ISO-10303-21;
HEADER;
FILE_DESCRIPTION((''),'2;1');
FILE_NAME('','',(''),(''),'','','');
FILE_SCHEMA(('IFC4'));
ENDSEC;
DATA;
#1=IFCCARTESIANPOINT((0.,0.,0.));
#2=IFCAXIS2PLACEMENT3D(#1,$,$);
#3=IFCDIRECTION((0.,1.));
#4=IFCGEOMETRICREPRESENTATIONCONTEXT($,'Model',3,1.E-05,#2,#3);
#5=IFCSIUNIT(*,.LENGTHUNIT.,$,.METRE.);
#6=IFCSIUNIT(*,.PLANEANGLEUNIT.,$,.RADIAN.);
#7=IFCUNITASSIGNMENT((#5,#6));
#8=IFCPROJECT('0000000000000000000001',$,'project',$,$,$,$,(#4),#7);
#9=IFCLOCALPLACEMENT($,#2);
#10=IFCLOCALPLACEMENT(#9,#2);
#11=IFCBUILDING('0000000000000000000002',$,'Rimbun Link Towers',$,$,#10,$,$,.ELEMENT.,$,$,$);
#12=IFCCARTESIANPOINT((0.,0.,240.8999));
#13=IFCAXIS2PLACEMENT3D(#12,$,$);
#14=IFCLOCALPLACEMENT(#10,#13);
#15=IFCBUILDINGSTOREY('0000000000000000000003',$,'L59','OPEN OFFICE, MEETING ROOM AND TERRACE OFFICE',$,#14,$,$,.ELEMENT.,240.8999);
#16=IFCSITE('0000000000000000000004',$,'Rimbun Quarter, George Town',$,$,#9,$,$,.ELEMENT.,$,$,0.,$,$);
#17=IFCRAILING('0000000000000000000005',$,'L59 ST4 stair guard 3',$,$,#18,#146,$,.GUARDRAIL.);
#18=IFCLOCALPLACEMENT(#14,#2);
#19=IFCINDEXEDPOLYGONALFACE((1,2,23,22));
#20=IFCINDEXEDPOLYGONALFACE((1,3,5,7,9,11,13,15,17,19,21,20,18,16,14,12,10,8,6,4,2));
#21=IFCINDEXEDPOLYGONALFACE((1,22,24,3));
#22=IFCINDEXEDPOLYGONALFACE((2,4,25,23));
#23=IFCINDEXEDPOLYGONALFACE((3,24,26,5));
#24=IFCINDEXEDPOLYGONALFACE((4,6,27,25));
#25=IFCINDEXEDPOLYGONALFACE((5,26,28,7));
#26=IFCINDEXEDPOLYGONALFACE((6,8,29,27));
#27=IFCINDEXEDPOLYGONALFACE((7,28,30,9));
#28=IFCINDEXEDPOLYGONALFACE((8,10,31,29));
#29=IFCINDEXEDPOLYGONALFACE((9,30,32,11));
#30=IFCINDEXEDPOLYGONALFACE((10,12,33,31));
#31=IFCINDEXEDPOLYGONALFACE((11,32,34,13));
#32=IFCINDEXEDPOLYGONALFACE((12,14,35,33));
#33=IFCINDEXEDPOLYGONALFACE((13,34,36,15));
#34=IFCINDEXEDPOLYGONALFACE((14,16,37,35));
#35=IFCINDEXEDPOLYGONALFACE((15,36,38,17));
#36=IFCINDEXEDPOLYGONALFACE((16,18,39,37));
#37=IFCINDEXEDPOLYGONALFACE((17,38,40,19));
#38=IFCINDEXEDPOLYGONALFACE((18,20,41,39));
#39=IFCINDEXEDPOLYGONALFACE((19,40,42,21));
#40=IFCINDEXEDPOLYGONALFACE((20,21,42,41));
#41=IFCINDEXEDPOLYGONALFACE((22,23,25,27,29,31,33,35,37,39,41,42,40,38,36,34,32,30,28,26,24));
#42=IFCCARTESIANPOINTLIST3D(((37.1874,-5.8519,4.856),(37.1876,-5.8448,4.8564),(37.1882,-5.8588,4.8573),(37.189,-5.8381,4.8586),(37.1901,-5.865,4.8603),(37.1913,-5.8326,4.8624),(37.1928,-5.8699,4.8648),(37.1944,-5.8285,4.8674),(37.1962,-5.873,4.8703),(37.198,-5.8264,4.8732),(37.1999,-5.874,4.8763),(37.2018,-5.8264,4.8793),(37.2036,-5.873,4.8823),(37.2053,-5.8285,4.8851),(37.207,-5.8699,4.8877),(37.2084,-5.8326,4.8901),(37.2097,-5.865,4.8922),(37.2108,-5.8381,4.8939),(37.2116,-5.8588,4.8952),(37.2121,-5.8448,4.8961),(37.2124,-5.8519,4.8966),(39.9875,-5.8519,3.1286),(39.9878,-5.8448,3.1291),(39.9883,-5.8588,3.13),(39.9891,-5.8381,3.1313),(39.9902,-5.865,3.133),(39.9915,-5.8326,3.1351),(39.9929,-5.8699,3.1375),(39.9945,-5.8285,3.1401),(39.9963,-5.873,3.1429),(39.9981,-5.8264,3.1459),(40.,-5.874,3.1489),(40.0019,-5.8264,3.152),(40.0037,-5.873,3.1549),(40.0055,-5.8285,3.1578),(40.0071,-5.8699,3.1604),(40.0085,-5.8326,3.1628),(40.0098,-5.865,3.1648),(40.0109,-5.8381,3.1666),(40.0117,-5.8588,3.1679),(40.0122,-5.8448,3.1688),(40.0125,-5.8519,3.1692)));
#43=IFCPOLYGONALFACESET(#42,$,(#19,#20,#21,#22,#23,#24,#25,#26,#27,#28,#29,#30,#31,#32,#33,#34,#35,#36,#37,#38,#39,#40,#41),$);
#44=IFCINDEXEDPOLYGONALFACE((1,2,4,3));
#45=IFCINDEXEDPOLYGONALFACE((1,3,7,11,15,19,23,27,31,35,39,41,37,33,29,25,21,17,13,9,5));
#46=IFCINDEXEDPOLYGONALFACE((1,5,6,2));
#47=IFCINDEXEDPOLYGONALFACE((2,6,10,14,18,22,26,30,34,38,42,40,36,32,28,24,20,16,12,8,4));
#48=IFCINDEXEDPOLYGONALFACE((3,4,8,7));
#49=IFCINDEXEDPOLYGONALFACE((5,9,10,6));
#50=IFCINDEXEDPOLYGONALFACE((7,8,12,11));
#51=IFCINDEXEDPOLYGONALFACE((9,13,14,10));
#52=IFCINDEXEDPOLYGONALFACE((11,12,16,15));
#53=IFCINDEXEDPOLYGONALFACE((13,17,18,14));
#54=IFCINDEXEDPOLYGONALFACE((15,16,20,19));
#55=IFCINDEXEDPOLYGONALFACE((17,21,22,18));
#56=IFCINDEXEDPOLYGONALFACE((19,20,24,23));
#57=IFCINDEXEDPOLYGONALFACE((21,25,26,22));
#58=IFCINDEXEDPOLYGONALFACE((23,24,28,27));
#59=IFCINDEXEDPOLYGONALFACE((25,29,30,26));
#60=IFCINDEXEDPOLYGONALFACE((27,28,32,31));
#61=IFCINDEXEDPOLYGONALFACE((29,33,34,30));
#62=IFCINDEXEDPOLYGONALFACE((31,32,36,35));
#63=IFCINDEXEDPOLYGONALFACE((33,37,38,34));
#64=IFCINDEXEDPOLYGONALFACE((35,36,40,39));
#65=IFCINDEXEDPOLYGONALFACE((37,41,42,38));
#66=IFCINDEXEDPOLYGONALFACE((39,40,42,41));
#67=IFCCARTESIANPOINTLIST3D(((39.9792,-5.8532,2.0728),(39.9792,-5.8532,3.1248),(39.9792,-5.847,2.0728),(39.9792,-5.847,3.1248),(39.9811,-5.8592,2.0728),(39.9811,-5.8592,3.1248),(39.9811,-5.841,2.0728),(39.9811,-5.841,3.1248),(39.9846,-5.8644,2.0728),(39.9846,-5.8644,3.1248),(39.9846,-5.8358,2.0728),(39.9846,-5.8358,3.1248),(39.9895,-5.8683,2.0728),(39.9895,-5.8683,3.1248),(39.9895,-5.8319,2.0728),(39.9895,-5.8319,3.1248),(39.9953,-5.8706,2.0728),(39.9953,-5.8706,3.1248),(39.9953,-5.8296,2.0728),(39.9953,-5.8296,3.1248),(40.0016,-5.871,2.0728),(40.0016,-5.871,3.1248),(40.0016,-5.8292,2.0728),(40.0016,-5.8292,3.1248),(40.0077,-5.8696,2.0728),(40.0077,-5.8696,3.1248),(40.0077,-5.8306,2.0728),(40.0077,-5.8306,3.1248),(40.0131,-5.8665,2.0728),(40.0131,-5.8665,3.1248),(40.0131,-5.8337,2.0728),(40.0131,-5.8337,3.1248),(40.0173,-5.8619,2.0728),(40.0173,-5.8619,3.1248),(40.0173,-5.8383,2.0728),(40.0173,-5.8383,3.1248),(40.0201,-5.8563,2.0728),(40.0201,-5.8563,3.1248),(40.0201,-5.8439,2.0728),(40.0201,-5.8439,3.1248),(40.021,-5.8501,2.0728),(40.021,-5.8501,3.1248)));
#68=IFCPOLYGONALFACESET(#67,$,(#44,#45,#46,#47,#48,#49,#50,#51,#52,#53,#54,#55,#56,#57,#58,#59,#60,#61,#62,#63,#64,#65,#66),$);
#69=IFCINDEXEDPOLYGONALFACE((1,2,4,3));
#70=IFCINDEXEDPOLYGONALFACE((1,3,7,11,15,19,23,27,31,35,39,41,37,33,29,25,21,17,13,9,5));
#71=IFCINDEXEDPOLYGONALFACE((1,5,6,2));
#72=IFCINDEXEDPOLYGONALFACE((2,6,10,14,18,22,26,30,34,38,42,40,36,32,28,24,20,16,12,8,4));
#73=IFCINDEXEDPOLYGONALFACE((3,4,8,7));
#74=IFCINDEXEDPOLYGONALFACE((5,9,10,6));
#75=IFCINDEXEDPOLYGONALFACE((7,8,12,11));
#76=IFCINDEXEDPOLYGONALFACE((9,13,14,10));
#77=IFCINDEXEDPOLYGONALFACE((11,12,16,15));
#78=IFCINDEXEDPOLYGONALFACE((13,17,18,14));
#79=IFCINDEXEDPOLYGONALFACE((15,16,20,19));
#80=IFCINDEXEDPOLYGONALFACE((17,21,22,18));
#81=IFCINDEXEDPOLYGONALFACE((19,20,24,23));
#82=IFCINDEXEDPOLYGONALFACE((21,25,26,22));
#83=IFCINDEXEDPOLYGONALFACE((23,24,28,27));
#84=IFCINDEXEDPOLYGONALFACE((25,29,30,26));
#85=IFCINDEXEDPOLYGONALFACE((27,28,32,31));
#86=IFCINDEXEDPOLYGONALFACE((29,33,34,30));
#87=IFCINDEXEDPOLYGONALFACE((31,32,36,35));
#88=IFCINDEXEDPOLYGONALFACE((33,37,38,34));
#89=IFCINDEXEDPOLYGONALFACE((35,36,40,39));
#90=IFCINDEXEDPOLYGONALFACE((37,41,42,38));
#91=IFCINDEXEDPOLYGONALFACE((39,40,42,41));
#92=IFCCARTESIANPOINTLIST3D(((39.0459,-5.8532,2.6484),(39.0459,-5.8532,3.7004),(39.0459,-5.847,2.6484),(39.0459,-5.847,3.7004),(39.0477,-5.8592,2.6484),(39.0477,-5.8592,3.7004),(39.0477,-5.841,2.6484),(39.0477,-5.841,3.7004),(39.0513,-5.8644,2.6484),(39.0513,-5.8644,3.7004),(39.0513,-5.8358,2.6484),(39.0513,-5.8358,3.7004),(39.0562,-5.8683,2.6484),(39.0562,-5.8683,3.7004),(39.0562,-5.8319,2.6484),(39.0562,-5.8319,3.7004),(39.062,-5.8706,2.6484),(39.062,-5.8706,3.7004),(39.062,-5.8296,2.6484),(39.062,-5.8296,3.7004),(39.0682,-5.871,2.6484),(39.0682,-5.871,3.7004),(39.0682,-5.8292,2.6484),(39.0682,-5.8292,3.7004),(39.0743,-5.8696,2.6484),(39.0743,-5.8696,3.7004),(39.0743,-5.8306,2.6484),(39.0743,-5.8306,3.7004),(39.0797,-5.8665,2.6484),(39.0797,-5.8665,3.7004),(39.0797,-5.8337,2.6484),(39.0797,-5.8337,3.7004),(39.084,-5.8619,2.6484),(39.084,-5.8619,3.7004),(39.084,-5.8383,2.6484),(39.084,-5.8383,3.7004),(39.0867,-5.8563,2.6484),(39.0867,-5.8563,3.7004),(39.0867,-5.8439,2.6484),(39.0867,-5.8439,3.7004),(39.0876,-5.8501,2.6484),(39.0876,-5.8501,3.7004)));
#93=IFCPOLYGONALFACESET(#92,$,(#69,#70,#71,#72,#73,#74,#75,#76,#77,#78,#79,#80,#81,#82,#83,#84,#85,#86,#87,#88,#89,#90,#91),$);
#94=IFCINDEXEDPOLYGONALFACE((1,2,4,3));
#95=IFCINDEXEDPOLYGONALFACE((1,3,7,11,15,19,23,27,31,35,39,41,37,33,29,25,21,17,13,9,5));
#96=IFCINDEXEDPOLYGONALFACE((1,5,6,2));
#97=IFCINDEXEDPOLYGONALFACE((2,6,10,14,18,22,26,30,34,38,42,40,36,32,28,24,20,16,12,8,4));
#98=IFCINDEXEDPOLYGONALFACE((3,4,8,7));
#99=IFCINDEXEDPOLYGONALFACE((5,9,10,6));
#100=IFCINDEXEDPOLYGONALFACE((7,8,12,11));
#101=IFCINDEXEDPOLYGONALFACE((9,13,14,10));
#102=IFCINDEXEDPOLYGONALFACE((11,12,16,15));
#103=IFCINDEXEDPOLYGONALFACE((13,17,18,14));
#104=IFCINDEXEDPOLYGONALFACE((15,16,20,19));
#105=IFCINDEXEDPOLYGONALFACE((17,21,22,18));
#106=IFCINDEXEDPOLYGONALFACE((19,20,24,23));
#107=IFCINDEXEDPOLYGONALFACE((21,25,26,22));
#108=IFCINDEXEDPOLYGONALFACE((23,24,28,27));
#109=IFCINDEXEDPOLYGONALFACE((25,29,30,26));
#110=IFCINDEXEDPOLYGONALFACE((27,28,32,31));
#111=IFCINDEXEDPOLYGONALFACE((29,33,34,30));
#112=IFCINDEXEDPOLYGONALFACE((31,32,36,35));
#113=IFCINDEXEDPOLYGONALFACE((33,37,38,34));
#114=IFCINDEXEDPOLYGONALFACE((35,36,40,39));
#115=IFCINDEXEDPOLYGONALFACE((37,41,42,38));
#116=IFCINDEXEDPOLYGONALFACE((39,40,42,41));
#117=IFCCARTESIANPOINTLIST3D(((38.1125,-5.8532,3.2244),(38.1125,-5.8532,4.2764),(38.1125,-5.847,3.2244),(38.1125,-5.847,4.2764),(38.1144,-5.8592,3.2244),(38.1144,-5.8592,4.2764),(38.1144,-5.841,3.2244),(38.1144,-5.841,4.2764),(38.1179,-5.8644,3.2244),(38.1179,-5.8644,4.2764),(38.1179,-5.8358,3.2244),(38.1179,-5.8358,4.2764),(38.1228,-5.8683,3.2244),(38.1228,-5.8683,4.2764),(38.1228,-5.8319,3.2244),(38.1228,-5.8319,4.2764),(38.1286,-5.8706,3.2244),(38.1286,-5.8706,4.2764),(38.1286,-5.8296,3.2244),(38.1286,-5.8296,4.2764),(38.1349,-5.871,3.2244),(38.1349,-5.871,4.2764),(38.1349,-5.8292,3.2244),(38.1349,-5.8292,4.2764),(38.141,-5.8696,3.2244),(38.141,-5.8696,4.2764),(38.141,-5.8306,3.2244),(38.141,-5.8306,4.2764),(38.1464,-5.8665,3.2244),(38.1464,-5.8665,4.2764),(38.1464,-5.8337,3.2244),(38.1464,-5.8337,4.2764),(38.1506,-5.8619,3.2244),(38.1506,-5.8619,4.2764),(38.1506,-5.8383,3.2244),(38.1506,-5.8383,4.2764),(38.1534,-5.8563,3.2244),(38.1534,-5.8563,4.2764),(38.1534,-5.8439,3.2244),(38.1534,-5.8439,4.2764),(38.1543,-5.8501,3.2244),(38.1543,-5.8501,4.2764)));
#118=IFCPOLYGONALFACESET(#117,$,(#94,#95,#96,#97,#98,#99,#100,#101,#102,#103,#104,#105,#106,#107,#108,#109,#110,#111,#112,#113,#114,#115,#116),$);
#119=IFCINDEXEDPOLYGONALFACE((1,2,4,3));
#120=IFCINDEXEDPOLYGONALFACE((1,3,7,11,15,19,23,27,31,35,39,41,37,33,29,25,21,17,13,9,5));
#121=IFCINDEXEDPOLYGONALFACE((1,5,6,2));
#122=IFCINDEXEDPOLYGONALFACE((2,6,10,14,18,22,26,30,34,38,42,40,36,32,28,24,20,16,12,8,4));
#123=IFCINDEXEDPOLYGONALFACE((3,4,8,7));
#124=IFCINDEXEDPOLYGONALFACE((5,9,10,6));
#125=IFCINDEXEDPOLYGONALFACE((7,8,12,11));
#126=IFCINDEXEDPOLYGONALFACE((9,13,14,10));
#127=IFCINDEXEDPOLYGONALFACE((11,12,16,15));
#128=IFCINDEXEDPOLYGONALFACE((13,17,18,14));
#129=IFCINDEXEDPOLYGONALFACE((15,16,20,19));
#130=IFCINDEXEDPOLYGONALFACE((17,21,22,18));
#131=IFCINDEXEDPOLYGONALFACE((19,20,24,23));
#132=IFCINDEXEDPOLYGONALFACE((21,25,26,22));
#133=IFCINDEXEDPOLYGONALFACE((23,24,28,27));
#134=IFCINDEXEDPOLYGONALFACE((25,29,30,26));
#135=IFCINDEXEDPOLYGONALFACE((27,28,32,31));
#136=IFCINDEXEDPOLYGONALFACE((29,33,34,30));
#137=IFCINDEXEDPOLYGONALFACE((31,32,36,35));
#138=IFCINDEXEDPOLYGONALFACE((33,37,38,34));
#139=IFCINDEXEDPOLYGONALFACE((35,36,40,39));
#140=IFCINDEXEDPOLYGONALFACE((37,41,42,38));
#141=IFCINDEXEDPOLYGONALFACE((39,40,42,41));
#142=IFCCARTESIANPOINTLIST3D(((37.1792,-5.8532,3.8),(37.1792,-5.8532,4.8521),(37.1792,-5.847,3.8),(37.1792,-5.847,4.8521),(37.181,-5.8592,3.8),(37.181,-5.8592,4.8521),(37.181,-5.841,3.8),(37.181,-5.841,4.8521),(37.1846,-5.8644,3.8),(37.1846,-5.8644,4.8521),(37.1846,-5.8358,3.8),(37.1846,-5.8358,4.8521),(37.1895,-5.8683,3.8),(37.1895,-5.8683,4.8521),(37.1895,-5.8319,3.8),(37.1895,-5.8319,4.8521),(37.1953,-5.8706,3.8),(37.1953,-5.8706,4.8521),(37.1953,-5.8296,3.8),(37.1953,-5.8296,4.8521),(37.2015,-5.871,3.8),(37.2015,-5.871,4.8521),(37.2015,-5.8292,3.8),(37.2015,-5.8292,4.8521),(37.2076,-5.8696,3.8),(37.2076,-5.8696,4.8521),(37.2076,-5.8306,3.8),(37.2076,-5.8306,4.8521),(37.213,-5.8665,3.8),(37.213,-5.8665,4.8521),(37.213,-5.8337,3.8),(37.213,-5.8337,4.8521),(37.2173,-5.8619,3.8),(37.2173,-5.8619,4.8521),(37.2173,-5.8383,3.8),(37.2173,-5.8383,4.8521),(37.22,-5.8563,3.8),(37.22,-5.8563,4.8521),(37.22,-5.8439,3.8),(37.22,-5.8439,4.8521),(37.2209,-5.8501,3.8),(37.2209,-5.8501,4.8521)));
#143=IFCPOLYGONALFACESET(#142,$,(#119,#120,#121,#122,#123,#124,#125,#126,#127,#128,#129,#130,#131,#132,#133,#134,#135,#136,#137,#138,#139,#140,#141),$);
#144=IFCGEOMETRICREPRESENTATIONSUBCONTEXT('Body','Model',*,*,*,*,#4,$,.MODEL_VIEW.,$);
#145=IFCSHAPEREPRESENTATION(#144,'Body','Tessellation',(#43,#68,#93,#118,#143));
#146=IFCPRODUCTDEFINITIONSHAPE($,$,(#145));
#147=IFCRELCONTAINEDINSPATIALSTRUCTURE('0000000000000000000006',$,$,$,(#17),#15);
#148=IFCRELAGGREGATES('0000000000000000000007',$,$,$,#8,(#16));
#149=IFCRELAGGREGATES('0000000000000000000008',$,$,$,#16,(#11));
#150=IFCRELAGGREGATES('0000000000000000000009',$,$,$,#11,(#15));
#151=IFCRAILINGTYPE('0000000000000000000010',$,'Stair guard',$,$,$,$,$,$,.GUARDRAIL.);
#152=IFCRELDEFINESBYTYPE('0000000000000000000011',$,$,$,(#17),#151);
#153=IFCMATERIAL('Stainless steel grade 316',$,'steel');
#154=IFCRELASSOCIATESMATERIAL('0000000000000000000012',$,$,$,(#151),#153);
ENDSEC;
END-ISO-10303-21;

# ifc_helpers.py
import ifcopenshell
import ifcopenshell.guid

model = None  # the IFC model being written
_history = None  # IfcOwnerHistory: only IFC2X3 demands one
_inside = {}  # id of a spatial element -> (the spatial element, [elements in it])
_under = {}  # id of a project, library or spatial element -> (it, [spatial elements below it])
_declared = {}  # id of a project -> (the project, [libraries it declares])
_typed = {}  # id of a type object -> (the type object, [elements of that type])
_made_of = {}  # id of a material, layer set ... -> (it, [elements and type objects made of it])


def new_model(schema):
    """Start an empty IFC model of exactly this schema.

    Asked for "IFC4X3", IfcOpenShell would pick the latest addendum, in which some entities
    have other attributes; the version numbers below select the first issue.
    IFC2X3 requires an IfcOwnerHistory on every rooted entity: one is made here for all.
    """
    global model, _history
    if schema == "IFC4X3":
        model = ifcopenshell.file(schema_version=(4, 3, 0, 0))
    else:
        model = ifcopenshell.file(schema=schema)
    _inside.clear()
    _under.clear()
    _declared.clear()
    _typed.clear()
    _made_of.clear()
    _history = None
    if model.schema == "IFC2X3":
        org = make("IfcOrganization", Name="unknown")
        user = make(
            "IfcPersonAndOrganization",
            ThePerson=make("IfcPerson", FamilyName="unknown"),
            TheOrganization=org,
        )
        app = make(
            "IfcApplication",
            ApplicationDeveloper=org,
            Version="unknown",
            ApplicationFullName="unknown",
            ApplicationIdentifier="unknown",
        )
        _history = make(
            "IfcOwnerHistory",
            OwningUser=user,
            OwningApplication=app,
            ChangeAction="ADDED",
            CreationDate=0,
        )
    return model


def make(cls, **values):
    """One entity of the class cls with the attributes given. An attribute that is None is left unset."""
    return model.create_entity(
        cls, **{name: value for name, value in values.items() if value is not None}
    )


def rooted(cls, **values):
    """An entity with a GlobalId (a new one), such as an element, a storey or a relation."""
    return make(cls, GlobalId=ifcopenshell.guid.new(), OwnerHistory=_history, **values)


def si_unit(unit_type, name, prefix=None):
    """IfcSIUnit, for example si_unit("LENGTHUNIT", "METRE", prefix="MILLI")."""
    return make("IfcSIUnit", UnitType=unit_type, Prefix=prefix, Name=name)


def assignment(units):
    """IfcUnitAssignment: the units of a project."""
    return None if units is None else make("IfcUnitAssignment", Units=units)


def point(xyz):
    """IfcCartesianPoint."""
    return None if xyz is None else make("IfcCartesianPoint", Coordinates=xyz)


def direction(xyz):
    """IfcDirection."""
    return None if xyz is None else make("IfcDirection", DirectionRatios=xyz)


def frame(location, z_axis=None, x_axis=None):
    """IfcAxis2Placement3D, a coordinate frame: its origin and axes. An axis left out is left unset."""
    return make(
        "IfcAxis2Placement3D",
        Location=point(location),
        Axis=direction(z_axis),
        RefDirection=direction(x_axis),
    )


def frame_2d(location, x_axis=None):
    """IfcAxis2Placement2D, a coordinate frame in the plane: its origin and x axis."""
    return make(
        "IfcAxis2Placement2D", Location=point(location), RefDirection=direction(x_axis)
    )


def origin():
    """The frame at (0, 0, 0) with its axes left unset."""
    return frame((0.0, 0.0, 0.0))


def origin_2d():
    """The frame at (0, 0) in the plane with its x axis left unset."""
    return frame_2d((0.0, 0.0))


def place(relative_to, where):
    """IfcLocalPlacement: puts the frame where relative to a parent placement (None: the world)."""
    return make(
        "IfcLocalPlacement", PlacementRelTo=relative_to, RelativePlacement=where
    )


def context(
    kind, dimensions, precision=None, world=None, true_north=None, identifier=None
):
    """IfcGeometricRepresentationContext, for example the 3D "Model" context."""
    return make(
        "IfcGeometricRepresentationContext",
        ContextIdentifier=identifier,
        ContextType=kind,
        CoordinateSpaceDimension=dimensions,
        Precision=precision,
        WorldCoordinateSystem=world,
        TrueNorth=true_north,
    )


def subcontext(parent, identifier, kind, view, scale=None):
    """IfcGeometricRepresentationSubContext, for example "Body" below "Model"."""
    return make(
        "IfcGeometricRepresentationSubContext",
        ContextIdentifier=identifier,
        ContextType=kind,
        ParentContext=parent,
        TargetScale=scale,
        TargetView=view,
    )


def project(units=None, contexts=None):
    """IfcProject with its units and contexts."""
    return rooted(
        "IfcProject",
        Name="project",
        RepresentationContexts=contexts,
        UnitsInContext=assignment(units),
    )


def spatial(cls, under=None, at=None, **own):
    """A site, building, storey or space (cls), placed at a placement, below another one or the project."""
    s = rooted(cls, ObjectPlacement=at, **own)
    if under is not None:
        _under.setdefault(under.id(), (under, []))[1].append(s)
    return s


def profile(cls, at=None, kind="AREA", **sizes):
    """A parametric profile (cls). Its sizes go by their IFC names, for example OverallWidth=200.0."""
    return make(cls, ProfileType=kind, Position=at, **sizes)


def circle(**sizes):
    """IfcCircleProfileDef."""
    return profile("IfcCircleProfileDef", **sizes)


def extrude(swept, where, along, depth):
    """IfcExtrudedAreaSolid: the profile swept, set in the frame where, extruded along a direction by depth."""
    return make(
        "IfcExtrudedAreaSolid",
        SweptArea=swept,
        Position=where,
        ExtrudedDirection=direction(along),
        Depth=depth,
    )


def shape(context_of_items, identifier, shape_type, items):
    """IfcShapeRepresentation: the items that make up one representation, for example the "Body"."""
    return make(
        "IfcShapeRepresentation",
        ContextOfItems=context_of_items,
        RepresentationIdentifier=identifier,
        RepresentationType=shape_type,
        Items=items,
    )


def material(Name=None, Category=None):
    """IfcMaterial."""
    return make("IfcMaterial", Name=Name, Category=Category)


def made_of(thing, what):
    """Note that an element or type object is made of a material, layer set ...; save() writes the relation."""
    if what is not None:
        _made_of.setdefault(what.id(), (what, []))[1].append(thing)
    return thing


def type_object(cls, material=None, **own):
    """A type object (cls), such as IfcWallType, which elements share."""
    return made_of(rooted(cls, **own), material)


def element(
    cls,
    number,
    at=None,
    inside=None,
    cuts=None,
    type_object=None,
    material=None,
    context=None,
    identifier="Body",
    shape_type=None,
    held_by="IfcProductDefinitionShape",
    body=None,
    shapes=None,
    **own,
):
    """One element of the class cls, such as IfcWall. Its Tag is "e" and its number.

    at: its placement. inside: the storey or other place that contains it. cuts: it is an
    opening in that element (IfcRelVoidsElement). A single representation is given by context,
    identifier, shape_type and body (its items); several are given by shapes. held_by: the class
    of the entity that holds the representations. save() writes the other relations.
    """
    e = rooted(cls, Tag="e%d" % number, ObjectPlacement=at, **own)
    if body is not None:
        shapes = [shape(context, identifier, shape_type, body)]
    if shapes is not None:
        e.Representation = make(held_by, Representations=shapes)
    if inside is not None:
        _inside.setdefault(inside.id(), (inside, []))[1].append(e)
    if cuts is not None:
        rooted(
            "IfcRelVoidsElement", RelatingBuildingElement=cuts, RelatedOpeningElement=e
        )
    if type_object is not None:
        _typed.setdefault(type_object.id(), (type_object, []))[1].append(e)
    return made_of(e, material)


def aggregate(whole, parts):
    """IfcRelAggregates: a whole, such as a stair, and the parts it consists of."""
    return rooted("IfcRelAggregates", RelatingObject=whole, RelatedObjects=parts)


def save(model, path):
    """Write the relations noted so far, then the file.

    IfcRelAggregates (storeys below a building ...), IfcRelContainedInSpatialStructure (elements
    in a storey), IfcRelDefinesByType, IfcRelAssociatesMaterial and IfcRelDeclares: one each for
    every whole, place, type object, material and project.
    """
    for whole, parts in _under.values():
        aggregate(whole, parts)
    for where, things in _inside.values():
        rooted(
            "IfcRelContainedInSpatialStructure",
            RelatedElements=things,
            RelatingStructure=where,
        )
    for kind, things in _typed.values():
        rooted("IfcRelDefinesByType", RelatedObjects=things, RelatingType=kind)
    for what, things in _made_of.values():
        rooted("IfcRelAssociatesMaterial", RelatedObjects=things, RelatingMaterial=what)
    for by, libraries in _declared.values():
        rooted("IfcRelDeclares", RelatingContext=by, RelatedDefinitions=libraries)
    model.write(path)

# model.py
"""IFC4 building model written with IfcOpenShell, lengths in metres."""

from ifc_helpers import new_model, si_unit, direction, frame, origin, origin_2d, place, context, subcontext, project, spatial, circle, extrude, material, type_object, element, save


model = new_model("IFC4")

# Units and contexts
model_context = context("Model", 3, precision=1e-05, world=origin(), true_north=direction((0.0, 1.0)))
body_context = subcontext(model_context, "Body", "Model", "MODEL_VIEW")
ifc_project = project(units=[si_unit("LENGTHUNIT", "METRE"), si_unit("PLANEANGLEUNIT", "RADIAN")], contexts=[model_context])

# Site, building, storey
site_placement = place(None, origin())
site = spatial("IfcSite", under=ifc_project, at=site_placement, Name="Rimbun Quarter, George Town", CompositionType="ELEMENT", RefElevation=0.0)
building_placement = place(site_placement, origin())
building = spatial("IfcBuilding", under=site, at=building_placement, Name="Rimbun Link Towers", CompositionType="ELEMENT")
storey_placement = place(building_placement, frame((0.0, 0.0, 240.8999)))
storey = spatial("IfcBuildingStorey", under=building, at=storey_placement, Name="L59", Description="OPEN OFFICE, MEETING ROOM AND TERRACE OFFICE", CompositionType="ELEMENT", Elevation=240.8999)

# Railing
ifc_material_1 = material(Name="Stainless steel grade 316", Category="steel")
railing_type_1 = type_object("IfcRailingType", Name="Stair guard", PredefinedType="GUARDRAIL", material=ifc_material_1)
railing_1_placement = place(storey_placement, frame((40.0, -5.8501, 2.0728)))
element("IfcRailing", 1, at=railing_1_placement, inside=storey, type_object=railing_type_1, Name="L59 ST4 stair guard 3", PredefinedType="GUARDRAIL", context=body_context, shape_type="SweptSolid", body=[
    extrude(circle(Radius=0.0239, at=origin_2d()), frame((0.0, 0.0, 1.0762), z_axis=(-0.85109, 0.0, 0.52502), x_axis=(0.0, -1.0, 0.0)), (0.0, 0.0, 1.0), 3.29),
    extrude(circle(Radius=0.021, at=origin_2d()), origin(), (0.0, 0.0, 1.0), 1.052),
    extrude(circle(Radius=0.021, at=origin_2d()), frame((-0.9333, 0.0, 0.5757)), (0.0, 0.0, 1.0), 1.052),
    extrude(circle(Radius=0.021, at=origin_2d()), frame((-1.8667, 0.0, 1.1516)), (0.0, 0.0, 1.0), 1.052),
    extrude(circle(Radius=0.021, at=origin_2d()), frame((-2.8, 0.0, 1.7273)), (0.0, 0.0, 1.0), 1.052),
])

save(model, "model.ifc")
